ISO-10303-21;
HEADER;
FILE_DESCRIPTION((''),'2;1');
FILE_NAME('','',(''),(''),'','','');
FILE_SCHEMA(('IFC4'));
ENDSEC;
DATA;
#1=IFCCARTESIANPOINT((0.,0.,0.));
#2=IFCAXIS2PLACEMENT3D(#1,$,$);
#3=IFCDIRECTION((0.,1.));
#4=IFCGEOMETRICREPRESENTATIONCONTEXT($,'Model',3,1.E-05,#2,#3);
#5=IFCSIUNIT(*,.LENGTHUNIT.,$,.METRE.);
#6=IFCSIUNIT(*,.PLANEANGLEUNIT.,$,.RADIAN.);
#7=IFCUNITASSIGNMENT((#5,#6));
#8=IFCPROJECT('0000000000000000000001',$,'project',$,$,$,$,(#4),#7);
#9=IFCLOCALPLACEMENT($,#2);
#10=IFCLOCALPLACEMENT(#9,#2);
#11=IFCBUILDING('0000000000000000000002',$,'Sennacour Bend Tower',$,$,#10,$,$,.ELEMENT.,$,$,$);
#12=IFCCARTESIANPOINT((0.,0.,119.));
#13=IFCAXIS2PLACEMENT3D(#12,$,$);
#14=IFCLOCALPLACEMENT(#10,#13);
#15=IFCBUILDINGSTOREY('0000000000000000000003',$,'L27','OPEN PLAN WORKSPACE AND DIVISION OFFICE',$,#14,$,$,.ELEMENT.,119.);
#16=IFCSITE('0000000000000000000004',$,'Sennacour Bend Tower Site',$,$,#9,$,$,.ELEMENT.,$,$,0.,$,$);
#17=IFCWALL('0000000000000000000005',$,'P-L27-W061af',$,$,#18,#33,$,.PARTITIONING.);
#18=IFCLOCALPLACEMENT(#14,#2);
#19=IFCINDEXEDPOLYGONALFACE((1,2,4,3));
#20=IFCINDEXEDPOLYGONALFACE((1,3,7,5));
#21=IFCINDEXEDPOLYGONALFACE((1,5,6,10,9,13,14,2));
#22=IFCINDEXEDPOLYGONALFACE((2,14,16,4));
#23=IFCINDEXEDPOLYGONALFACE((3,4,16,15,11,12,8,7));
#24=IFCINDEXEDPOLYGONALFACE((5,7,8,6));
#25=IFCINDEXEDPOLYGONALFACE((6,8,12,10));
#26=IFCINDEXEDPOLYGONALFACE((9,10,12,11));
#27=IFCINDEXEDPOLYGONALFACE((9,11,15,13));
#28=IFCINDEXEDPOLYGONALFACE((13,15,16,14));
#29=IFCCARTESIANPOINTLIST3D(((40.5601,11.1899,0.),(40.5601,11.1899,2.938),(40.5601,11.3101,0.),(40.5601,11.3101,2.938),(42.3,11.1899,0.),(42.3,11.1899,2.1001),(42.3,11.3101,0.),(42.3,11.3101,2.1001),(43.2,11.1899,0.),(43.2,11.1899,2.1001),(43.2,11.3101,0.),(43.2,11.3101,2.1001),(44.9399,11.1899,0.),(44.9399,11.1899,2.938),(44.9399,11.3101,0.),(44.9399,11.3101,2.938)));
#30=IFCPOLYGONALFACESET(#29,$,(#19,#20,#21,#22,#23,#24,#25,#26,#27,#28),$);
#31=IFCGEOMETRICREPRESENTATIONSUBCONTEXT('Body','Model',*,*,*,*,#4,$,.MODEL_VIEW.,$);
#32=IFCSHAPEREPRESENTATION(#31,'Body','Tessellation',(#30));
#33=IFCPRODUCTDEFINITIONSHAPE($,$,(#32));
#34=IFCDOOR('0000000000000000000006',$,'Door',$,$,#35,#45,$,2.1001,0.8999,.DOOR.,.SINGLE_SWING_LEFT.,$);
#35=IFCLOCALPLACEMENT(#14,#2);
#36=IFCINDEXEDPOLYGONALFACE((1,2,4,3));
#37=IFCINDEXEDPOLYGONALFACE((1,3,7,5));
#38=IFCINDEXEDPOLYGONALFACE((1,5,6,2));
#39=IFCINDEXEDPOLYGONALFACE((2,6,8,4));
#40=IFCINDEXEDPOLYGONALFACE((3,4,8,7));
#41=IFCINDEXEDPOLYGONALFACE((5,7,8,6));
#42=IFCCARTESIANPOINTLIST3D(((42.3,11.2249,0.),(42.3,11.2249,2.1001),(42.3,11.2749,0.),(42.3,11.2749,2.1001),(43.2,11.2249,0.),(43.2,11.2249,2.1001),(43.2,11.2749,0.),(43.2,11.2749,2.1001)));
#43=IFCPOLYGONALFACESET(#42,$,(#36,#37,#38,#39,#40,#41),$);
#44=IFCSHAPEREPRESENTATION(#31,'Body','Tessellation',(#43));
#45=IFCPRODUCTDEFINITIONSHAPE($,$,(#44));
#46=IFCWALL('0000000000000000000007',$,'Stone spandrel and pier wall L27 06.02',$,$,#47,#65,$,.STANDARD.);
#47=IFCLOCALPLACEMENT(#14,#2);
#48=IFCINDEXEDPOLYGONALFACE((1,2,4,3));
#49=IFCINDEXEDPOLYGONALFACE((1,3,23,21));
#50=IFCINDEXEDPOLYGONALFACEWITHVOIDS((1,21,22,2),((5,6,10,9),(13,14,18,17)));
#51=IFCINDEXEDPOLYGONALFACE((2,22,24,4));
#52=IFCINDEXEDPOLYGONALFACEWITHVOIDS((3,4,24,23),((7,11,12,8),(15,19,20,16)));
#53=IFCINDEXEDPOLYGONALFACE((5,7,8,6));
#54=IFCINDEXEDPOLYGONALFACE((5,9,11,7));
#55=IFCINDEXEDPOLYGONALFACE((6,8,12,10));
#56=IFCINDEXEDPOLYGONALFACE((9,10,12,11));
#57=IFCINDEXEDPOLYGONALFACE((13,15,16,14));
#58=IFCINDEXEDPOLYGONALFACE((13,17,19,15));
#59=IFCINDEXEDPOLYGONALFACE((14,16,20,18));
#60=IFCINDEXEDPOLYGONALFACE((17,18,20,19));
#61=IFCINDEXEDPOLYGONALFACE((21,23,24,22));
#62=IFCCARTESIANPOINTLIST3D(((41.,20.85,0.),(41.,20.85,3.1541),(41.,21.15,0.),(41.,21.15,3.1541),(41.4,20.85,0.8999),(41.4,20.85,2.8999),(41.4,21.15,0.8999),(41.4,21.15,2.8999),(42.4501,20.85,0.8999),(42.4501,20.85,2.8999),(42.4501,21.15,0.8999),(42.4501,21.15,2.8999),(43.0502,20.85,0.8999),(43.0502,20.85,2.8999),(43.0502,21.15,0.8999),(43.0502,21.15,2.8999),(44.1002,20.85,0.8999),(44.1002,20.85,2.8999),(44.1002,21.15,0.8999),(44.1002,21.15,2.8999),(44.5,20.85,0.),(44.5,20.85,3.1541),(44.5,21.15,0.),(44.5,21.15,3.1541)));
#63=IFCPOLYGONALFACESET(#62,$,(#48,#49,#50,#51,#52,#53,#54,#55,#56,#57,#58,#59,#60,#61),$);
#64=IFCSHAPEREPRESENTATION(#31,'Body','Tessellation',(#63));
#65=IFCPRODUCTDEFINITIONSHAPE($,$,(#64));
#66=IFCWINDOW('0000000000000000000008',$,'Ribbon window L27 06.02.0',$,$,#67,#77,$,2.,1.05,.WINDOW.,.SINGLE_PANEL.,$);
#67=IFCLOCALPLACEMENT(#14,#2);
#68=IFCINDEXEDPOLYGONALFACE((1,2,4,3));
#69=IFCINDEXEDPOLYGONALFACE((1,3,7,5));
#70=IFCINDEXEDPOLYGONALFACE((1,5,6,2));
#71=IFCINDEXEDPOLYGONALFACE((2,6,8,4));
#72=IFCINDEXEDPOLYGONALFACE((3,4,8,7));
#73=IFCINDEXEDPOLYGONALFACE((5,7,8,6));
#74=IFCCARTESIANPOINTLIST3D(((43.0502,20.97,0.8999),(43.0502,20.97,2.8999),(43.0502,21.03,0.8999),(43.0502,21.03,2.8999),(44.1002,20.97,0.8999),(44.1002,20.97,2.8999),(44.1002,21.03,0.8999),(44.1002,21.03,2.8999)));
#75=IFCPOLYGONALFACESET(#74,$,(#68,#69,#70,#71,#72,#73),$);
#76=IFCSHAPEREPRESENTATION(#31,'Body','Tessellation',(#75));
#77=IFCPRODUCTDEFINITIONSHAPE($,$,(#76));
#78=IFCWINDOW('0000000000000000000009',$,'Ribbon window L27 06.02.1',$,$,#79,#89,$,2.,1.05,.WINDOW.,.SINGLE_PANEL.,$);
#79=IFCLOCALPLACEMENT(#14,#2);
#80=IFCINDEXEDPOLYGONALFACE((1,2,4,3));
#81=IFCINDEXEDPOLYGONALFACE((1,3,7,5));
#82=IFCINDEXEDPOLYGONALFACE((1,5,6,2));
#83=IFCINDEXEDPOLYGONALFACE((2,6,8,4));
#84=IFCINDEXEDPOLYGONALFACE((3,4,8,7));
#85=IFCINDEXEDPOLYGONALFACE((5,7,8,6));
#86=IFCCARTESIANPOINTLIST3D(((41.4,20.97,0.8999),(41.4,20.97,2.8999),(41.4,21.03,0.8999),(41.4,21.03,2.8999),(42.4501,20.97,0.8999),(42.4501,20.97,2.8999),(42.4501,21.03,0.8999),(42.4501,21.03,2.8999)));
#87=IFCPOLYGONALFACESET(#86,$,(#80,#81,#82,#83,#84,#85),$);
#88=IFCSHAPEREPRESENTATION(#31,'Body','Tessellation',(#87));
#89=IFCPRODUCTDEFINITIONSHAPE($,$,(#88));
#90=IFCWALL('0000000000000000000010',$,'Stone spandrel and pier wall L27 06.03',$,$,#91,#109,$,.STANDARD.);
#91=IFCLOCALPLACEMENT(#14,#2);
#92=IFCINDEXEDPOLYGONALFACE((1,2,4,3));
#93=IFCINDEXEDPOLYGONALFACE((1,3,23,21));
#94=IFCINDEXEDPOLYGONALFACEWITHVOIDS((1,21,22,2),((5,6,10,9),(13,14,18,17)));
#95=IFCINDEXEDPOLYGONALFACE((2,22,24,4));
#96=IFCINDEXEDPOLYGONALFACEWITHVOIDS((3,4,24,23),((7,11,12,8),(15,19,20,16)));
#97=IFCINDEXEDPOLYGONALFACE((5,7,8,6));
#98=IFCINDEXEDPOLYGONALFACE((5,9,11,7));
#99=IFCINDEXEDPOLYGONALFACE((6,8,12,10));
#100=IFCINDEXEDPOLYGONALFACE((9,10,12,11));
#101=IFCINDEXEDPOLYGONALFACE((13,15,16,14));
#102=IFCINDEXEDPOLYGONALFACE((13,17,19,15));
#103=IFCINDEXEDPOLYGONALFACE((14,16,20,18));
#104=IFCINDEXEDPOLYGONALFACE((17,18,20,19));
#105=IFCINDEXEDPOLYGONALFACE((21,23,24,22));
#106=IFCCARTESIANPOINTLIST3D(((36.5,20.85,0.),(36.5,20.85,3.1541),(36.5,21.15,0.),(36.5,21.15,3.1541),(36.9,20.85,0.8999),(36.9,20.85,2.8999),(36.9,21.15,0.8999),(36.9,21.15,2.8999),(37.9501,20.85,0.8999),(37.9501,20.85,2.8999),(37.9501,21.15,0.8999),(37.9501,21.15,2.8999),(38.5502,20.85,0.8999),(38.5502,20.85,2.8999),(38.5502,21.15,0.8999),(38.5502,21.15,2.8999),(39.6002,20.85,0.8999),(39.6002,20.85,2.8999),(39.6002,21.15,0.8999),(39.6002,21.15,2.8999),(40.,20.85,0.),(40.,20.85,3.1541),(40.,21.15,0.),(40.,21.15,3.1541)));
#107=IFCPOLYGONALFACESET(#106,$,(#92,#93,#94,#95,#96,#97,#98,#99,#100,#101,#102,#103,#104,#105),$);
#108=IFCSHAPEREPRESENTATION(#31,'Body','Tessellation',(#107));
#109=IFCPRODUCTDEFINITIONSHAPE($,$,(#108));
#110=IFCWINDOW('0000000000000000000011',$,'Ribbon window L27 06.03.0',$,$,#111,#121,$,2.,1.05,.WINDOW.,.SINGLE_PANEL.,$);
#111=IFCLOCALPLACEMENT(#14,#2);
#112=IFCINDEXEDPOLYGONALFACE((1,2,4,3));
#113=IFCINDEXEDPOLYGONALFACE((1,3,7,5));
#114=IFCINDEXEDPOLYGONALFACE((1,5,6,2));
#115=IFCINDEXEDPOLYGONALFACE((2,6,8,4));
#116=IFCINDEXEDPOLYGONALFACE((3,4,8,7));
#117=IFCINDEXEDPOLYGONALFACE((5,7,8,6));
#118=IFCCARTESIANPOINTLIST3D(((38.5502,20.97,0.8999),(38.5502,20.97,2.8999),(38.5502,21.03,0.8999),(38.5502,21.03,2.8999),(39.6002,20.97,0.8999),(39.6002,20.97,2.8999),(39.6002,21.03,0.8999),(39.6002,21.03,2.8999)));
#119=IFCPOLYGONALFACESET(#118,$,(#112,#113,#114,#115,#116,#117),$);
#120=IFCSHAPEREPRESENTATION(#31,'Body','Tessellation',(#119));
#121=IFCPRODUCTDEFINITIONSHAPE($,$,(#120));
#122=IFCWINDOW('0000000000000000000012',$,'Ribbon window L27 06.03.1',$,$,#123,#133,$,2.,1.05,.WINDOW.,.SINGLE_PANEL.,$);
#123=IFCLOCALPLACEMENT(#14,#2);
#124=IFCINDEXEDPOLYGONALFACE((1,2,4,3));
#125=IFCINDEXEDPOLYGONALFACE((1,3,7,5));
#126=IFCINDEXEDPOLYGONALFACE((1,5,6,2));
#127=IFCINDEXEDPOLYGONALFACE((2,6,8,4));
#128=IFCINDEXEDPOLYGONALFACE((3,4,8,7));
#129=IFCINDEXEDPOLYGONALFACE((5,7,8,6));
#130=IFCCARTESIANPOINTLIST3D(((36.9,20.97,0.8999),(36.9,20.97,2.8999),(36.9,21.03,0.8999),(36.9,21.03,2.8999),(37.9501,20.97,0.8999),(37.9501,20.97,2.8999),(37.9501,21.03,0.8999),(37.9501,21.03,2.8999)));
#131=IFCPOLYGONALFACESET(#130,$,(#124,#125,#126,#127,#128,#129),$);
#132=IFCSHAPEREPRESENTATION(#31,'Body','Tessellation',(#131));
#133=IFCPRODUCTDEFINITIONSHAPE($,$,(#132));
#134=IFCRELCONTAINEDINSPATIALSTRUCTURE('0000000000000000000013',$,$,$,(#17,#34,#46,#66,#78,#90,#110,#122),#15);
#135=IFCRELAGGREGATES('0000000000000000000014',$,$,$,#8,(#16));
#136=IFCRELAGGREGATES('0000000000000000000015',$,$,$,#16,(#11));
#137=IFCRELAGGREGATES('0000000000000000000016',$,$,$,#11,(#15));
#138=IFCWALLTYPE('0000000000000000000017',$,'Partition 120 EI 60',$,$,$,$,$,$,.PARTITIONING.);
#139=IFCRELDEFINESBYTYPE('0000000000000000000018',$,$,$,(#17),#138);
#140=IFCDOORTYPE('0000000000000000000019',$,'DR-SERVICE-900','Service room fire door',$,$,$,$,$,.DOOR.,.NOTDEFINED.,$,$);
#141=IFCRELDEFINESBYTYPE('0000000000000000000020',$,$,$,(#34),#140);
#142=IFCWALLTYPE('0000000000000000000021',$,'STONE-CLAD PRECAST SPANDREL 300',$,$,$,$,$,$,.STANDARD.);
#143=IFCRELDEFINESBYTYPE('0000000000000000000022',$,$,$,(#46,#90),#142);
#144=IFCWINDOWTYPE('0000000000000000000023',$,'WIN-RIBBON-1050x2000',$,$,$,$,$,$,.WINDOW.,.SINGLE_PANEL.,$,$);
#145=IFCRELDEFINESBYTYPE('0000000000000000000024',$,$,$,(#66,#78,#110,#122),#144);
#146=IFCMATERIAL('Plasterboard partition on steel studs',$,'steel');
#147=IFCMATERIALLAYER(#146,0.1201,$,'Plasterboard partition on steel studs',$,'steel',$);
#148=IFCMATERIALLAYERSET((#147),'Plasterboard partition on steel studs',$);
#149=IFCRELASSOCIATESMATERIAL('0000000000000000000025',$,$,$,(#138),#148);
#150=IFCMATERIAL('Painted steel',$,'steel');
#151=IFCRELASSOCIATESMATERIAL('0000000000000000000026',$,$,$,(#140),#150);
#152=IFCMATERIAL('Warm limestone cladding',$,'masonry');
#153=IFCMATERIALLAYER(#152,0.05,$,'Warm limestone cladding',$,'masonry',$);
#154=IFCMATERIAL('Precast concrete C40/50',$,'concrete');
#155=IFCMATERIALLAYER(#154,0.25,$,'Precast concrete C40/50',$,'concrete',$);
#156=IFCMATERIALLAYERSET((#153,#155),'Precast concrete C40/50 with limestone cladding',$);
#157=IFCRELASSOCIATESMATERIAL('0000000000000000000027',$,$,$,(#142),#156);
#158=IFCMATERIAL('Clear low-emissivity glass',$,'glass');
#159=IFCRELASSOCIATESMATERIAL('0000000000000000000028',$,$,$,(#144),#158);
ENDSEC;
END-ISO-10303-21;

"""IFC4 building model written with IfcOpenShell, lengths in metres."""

from ifc_helpers import new_model, si_unit, direction, frame, frame_2d, origin, place, context, subcontext, project, spatial, rectangle, extrude, material, layer, layer_set, type_object, element, fill, save


model = new_model("IFC4")

# Units and contexts
model_context = context("Model", 3, precision=1e-05, world=origin(), true_north=direction((0.0, 1.0)))
body_context = subcontext(model_context, "Body", "Model", "MODEL_VIEW")
ifc_project = project(units=[si_unit("LENGTHUNIT", "METRE"), si_unit("PLANEANGLEUNIT", "RADIAN")], contexts=[model_context])

# Site, building, storey
site_placement = place(None, origin())
site = spatial("IfcSite", under=ifc_project, at=site_placement, Name="Sennacour Bend Tower Site", CompositionType="ELEMENT", RefElevation=0.0)
building_placement = place(site_placement, origin())
building = spatial("IfcBuilding", under=site, at=building_placement, Name="Sennacour Bend Tower", CompositionType="ELEMENT")
storey_placement = place(building_placement, frame((0.0, 0.0, 119.0)))
storey = spatial("IfcBuildingStorey", under=building, at=storey_placement, Name="L27", Description="OPEN PLAN WORKSPACE AND DIVISION OFFICE", CompositionType="ELEMENT", Elevation=119.0)

# Shared definitions
ifc_material_1 = material(Name="Plasterboard partition on steel studs", Category="steel")

# Wall, opening, door
ifc_layer_1 = layer(ifc_material_1, 0.1201, Name="Plasterboard partition on steel studs", Category="steel")
ifc_layer_set_1 = layer_set([ifc_layer_1], Name="Plasterboard partition on steel studs")
wall_type_1 = type_object("IfcWallType", Name="Partition 120 EI 60", PredefinedType="PARTITIONING", material=ifc_layer_set_1)
wall_1_placement = place(storey_placement, frame((40.5601, 11.25, 0.0), z_axis=(0.0, 0.0, 1.0), x_axis=(1.0, 0.0, 0.0)))
wall_1 = element("IfcWall", 1, at=wall_1_placement, inside=storey, type_object=wall_type_1, Name="P-L27-W061af", PredefinedType="PARTITIONING", context=body_context, shape_type="SweptSolid", body=[
    extrude(rectangle(XDim=4.3799, YDim=0.1201, at=frame_2d((2.1899, 0.0))), origin(), (0.0, 0.0, 1.0), 2.938),
])
opening_1_placement = place(wall_1_placement, frame((1.74, 0.0, 0.0)))
opening_1 = element("IfcOpeningElement", 2, at=opening_1_placement, cuts=wall_1, PredefinedType="OPENING", context=body_context, shape_type="SweptSolid", body=[
    extrude(rectangle(XDim=0.8999, YDim=2.1001, at=frame_2d((0.45, 1.05))), frame((0.0, 0.0701, 0.0), z_axis=(0.0, -1.0, 0.0), x_axis=(1.0, 0.0, 0.0)), (0.0, 0.0, 1.0), 0.1401),
])
ifc_material_2 = material(Name="Painted steel", Category="steel")
door_type_1 = type_object("IfcDoorType", Name="DR-SERVICE-900", Description="Service room fire door", OperationType="NOTDEFINED", PredefinedType="DOOR", material=ifc_material_2)
door_1_placement = place(opening_1_placement, origin())
door_1 = element("IfcDoor", 3, at=door_1_placement, inside=storey, type_object=door_type_1, Name="Door", OperationType="SINGLE_SWING_LEFT", OverallHeight=2.1001, OverallWidth=0.8999, PredefinedType="DOOR", context=body_context, shape_type="SweptSolid", body=[
    extrude(rectangle(XDim=0.8999, YDim=2.1001, at=frame_2d((0.45, 1.05))), frame((0.0, 0.0249, 0.0), z_axis=(0.0, -1.0, 0.0), x_axis=(1.0, 0.0, 0.0)), (0.0, 0.0, 1.0), 0.05),
])
fill(opening_1, door_1)

# Walls, openings, windows
ifc_material_3 = material(Name="Warm limestone cladding", Category="masonry")
ifc_layer_2 = layer(ifc_material_3, 0.05, Name="Warm limestone cladding", Category="masonry")
ifc_material_4 = material(Name="Precast concrete C40/50", Category="concrete")
ifc_layer_3 = layer(ifc_material_4, 0.25, Name="Precast concrete C40/50", Category="concrete")
ifc_layer_set_2 = layer_set([ifc_layer_2, ifc_layer_3], Name="Precast concrete C40/50 with limestone cladding")
wall_type_2 = type_object("IfcWallType", Name="STONE-CLAD PRECAST SPANDREL 300", PredefinedType="STANDARD", material=ifc_layer_set_2)
wall_2_placement = place(storey_placement, frame((44.5, 21.0, 0.0), z_axis=(0.0, 0.0, 1.0), x_axis=(-1.0, 0.0, 0.0)))
wall_2 = element("IfcWall", 4, at=wall_2_placement, inside=storey, type_object=wall_type_2, Name="Stone spandrel and pier wall L27 06.02", PredefinedType="STANDARD", context=body_context, shape_type="SweptSolid", body=[
    extrude(rectangle(XDim=3.5, YDim=0.3, at=frame_2d((1.75, 0.0))), origin(), (0.0, 0.0, 1.0), 3.1541),
])
opening_2_placement = place(wall_2_placement, frame((0.3999, 0.0, 0.8999)))
opening_2 = element("IfcOpeningElement", 5, at=opening_2_placement, cuts=wall_2, PredefinedType="OPENING", context=body_context, shape_type="SweptSolid", body=[
    extrude(rectangle(XDim=1.05, YDim=2.0, at=frame_2d((0.5249, 1.0))), frame((0.0, 0.1602, 0.0), z_axis=(0.0, -1.0, 0.0), x_axis=(1.0, 0.0, 0.0)), (0.0, 0.0, 1.0), 0.3201),
])
opening_3_placement = place(wall_2_placement, frame((2.05, 0.0, 0.8999)))
opening_3 = element("IfcOpeningElement", 6, at=opening_3_placement, cuts=wall_2, PredefinedType="OPENING", context=body_context, shape_type="SweptSolid", body=[
    extrude(rectangle(XDim=1.05, YDim=2.0, at=frame_2d((0.5249, 1.0))), frame((0.0, 0.1602, 0.0), z_axis=(0.0, -1.0, 0.0), x_axis=(1.0, 0.0, 0.0)), (0.0, 0.0, 1.0), 0.3201),
])
ifc_material_5 = material(Name="Clear low-emissivity glass", Category="glass")
window_type_1 = type_object("IfcWindowType", Name="WIN-RIBBON-1050x2000", PartitioningType="SINGLE_PANEL", PredefinedType="WINDOW", material=ifc_material_5)
window_1_placement = place(opening_2_placement, origin())
window_1 = element("IfcWindow", 7, at=window_1_placement, inside=storey, type_object=window_type_1, Name="Ribbon window L27 06.02.0", OverallHeight=2.0, OverallWidth=1.05, PartitioningType="SINGLE_PANEL", PredefinedType="WINDOW", context=body_context, shape_type="SweptSolid", body=[
    extrude(rectangle(XDim=1.05, YDim=2.0, at=frame_2d((0.5249, 1.0))), frame((0.0, 0.03, 0.0), z_axis=(0.0, -1.0, 0.0), x_axis=(1.0, 0.0, 0.0)), (0.0, 0.0, 1.0), 0.0601),
])
fill(opening_2, window_1)
window_2_placement = place(opening_3_placement, origin())
window_2 = element("IfcWindow", 8, at=window_2_placement, inside=storey, type_object=window_type_1, Name="Ribbon window L27 06.02.1", OverallHeight=2.0, OverallWidth=1.05, PartitioningType="SINGLE_PANEL", PredefinedType="WINDOW", context=body_context, shape_type="SweptSolid", body=[
    extrude(rectangle(XDim=1.05, YDim=2.0, at=frame_2d((0.5249, 1.0))), frame((0.0, 0.03, 0.0), z_axis=(0.0, -1.0, 0.0), x_axis=(1.0, 0.0, 0.0)), (0.0, 0.0, 1.0), 0.0601),
])
fill(opening_3, window_2)
wall_3_placement = place(storey_placement, frame((40.0, 21.0, 0.0), z_axis=(0.0, 0.0, 1.0), x_axis=(-1.0, 0.0, 0.0)))
wall_3 = element("IfcWall", 9, at=wall_3_placement, inside=storey, type_object=wall_type_2, Name="Stone spandrel and pier wall L27 06.03", PredefinedType="STANDARD", context=body_context, shape_type="SweptSolid", body=[
    extrude(rectangle(XDim=3.5, YDim=0.3, at=frame_2d((1.75, 0.0))), origin(), (0.0, 0.0, 1.0), 3.1541),
])
opening_4_placement = place(wall_3_placement, frame((0.3999, 0.0, 0.8999)))
opening_4 = element("IfcOpeningElement", 10, at=opening_4_placement, cuts=wall_3, PredefinedType="OPENING", context=body_context, shape_type="SweptSolid", body=[
    extrude(rectangle(XDim=1.05, YDim=2.0, at=frame_2d((0.5249, 1.0))), frame((0.0, 0.1602, 0.0), z_axis=(0.0, -1.0, 0.0), x_axis=(1.0, 0.0, 0.0)), (0.0, 0.0, 1.0), 0.3201),
])
opening_5_placement = place(wall_3_placement, frame((2.05, 0.0, 0.8999)))
opening_5 = element("IfcOpeningElement", 11, at=opening_5_placement, cuts=wall_3, PredefinedType="OPENING", context=body_context, shape_type="SweptSolid", body=[
    extrude(rectangle(XDim=1.05, YDim=2.0, at=frame_2d((0.5249, 1.0))), frame((0.0, 0.1602, 0.0), z_axis=(0.0, -1.0, 0.0), x_axis=(1.0, 0.0, 0.0)), (0.0, 0.0, 1.0), 0.3201),
])
window_3_placement = place(opening_4_placement, origin())
window_3 = element("IfcWindow", 12, at=window_3_placement, inside=storey, type_object=window_type_1, Name="Ribbon window L27 06.03.0", OverallHeight=2.0, OverallWidth=1.05, PartitioningType="SINGLE_PANEL", PredefinedType="WINDOW", context=body_context, shape_type="SweptSolid", body=[
    extrude(rectangle(XDim=1.05, YDim=2.0, at=frame_2d((0.5249, 1.0))), frame((0.0, 0.03, 0.0), z_axis=(0.0, -1.0, 0.0), x_axis=(1.0, 0.0, 0.0)), (0.0, 0.0, 1.0), 0.0601),
])
fill(opening_4, window_3)
window_4_placement = place(opening_5_placement, origin())
window_4 = element("IfcWindow", 13, at=window_4_placement, inside=storey, type_object=window_type_1, Name="Ribbon window L27 06.03.1", OverallHeight=2.0, OverallWidth=1.05, PartitioningType="SINGLE_PANEL", PredefinedType="WINDOW", context=body_context, shape_type="SweptSolid", body=[
    extrude(rectangle(XDim=1.05, YDim=2.0, at=frame_2d((0.5249, 1.0))), frame((0.0, 0.03, 0.0), z_axis=(0.0, -1.0, 0.0), x_axis=(1.0, 0.0, 0.0)), (0.0, 0.0, 1.0), 0.0601),
])
fill(opening_5, window_4)

save(model, "model.ifc")
